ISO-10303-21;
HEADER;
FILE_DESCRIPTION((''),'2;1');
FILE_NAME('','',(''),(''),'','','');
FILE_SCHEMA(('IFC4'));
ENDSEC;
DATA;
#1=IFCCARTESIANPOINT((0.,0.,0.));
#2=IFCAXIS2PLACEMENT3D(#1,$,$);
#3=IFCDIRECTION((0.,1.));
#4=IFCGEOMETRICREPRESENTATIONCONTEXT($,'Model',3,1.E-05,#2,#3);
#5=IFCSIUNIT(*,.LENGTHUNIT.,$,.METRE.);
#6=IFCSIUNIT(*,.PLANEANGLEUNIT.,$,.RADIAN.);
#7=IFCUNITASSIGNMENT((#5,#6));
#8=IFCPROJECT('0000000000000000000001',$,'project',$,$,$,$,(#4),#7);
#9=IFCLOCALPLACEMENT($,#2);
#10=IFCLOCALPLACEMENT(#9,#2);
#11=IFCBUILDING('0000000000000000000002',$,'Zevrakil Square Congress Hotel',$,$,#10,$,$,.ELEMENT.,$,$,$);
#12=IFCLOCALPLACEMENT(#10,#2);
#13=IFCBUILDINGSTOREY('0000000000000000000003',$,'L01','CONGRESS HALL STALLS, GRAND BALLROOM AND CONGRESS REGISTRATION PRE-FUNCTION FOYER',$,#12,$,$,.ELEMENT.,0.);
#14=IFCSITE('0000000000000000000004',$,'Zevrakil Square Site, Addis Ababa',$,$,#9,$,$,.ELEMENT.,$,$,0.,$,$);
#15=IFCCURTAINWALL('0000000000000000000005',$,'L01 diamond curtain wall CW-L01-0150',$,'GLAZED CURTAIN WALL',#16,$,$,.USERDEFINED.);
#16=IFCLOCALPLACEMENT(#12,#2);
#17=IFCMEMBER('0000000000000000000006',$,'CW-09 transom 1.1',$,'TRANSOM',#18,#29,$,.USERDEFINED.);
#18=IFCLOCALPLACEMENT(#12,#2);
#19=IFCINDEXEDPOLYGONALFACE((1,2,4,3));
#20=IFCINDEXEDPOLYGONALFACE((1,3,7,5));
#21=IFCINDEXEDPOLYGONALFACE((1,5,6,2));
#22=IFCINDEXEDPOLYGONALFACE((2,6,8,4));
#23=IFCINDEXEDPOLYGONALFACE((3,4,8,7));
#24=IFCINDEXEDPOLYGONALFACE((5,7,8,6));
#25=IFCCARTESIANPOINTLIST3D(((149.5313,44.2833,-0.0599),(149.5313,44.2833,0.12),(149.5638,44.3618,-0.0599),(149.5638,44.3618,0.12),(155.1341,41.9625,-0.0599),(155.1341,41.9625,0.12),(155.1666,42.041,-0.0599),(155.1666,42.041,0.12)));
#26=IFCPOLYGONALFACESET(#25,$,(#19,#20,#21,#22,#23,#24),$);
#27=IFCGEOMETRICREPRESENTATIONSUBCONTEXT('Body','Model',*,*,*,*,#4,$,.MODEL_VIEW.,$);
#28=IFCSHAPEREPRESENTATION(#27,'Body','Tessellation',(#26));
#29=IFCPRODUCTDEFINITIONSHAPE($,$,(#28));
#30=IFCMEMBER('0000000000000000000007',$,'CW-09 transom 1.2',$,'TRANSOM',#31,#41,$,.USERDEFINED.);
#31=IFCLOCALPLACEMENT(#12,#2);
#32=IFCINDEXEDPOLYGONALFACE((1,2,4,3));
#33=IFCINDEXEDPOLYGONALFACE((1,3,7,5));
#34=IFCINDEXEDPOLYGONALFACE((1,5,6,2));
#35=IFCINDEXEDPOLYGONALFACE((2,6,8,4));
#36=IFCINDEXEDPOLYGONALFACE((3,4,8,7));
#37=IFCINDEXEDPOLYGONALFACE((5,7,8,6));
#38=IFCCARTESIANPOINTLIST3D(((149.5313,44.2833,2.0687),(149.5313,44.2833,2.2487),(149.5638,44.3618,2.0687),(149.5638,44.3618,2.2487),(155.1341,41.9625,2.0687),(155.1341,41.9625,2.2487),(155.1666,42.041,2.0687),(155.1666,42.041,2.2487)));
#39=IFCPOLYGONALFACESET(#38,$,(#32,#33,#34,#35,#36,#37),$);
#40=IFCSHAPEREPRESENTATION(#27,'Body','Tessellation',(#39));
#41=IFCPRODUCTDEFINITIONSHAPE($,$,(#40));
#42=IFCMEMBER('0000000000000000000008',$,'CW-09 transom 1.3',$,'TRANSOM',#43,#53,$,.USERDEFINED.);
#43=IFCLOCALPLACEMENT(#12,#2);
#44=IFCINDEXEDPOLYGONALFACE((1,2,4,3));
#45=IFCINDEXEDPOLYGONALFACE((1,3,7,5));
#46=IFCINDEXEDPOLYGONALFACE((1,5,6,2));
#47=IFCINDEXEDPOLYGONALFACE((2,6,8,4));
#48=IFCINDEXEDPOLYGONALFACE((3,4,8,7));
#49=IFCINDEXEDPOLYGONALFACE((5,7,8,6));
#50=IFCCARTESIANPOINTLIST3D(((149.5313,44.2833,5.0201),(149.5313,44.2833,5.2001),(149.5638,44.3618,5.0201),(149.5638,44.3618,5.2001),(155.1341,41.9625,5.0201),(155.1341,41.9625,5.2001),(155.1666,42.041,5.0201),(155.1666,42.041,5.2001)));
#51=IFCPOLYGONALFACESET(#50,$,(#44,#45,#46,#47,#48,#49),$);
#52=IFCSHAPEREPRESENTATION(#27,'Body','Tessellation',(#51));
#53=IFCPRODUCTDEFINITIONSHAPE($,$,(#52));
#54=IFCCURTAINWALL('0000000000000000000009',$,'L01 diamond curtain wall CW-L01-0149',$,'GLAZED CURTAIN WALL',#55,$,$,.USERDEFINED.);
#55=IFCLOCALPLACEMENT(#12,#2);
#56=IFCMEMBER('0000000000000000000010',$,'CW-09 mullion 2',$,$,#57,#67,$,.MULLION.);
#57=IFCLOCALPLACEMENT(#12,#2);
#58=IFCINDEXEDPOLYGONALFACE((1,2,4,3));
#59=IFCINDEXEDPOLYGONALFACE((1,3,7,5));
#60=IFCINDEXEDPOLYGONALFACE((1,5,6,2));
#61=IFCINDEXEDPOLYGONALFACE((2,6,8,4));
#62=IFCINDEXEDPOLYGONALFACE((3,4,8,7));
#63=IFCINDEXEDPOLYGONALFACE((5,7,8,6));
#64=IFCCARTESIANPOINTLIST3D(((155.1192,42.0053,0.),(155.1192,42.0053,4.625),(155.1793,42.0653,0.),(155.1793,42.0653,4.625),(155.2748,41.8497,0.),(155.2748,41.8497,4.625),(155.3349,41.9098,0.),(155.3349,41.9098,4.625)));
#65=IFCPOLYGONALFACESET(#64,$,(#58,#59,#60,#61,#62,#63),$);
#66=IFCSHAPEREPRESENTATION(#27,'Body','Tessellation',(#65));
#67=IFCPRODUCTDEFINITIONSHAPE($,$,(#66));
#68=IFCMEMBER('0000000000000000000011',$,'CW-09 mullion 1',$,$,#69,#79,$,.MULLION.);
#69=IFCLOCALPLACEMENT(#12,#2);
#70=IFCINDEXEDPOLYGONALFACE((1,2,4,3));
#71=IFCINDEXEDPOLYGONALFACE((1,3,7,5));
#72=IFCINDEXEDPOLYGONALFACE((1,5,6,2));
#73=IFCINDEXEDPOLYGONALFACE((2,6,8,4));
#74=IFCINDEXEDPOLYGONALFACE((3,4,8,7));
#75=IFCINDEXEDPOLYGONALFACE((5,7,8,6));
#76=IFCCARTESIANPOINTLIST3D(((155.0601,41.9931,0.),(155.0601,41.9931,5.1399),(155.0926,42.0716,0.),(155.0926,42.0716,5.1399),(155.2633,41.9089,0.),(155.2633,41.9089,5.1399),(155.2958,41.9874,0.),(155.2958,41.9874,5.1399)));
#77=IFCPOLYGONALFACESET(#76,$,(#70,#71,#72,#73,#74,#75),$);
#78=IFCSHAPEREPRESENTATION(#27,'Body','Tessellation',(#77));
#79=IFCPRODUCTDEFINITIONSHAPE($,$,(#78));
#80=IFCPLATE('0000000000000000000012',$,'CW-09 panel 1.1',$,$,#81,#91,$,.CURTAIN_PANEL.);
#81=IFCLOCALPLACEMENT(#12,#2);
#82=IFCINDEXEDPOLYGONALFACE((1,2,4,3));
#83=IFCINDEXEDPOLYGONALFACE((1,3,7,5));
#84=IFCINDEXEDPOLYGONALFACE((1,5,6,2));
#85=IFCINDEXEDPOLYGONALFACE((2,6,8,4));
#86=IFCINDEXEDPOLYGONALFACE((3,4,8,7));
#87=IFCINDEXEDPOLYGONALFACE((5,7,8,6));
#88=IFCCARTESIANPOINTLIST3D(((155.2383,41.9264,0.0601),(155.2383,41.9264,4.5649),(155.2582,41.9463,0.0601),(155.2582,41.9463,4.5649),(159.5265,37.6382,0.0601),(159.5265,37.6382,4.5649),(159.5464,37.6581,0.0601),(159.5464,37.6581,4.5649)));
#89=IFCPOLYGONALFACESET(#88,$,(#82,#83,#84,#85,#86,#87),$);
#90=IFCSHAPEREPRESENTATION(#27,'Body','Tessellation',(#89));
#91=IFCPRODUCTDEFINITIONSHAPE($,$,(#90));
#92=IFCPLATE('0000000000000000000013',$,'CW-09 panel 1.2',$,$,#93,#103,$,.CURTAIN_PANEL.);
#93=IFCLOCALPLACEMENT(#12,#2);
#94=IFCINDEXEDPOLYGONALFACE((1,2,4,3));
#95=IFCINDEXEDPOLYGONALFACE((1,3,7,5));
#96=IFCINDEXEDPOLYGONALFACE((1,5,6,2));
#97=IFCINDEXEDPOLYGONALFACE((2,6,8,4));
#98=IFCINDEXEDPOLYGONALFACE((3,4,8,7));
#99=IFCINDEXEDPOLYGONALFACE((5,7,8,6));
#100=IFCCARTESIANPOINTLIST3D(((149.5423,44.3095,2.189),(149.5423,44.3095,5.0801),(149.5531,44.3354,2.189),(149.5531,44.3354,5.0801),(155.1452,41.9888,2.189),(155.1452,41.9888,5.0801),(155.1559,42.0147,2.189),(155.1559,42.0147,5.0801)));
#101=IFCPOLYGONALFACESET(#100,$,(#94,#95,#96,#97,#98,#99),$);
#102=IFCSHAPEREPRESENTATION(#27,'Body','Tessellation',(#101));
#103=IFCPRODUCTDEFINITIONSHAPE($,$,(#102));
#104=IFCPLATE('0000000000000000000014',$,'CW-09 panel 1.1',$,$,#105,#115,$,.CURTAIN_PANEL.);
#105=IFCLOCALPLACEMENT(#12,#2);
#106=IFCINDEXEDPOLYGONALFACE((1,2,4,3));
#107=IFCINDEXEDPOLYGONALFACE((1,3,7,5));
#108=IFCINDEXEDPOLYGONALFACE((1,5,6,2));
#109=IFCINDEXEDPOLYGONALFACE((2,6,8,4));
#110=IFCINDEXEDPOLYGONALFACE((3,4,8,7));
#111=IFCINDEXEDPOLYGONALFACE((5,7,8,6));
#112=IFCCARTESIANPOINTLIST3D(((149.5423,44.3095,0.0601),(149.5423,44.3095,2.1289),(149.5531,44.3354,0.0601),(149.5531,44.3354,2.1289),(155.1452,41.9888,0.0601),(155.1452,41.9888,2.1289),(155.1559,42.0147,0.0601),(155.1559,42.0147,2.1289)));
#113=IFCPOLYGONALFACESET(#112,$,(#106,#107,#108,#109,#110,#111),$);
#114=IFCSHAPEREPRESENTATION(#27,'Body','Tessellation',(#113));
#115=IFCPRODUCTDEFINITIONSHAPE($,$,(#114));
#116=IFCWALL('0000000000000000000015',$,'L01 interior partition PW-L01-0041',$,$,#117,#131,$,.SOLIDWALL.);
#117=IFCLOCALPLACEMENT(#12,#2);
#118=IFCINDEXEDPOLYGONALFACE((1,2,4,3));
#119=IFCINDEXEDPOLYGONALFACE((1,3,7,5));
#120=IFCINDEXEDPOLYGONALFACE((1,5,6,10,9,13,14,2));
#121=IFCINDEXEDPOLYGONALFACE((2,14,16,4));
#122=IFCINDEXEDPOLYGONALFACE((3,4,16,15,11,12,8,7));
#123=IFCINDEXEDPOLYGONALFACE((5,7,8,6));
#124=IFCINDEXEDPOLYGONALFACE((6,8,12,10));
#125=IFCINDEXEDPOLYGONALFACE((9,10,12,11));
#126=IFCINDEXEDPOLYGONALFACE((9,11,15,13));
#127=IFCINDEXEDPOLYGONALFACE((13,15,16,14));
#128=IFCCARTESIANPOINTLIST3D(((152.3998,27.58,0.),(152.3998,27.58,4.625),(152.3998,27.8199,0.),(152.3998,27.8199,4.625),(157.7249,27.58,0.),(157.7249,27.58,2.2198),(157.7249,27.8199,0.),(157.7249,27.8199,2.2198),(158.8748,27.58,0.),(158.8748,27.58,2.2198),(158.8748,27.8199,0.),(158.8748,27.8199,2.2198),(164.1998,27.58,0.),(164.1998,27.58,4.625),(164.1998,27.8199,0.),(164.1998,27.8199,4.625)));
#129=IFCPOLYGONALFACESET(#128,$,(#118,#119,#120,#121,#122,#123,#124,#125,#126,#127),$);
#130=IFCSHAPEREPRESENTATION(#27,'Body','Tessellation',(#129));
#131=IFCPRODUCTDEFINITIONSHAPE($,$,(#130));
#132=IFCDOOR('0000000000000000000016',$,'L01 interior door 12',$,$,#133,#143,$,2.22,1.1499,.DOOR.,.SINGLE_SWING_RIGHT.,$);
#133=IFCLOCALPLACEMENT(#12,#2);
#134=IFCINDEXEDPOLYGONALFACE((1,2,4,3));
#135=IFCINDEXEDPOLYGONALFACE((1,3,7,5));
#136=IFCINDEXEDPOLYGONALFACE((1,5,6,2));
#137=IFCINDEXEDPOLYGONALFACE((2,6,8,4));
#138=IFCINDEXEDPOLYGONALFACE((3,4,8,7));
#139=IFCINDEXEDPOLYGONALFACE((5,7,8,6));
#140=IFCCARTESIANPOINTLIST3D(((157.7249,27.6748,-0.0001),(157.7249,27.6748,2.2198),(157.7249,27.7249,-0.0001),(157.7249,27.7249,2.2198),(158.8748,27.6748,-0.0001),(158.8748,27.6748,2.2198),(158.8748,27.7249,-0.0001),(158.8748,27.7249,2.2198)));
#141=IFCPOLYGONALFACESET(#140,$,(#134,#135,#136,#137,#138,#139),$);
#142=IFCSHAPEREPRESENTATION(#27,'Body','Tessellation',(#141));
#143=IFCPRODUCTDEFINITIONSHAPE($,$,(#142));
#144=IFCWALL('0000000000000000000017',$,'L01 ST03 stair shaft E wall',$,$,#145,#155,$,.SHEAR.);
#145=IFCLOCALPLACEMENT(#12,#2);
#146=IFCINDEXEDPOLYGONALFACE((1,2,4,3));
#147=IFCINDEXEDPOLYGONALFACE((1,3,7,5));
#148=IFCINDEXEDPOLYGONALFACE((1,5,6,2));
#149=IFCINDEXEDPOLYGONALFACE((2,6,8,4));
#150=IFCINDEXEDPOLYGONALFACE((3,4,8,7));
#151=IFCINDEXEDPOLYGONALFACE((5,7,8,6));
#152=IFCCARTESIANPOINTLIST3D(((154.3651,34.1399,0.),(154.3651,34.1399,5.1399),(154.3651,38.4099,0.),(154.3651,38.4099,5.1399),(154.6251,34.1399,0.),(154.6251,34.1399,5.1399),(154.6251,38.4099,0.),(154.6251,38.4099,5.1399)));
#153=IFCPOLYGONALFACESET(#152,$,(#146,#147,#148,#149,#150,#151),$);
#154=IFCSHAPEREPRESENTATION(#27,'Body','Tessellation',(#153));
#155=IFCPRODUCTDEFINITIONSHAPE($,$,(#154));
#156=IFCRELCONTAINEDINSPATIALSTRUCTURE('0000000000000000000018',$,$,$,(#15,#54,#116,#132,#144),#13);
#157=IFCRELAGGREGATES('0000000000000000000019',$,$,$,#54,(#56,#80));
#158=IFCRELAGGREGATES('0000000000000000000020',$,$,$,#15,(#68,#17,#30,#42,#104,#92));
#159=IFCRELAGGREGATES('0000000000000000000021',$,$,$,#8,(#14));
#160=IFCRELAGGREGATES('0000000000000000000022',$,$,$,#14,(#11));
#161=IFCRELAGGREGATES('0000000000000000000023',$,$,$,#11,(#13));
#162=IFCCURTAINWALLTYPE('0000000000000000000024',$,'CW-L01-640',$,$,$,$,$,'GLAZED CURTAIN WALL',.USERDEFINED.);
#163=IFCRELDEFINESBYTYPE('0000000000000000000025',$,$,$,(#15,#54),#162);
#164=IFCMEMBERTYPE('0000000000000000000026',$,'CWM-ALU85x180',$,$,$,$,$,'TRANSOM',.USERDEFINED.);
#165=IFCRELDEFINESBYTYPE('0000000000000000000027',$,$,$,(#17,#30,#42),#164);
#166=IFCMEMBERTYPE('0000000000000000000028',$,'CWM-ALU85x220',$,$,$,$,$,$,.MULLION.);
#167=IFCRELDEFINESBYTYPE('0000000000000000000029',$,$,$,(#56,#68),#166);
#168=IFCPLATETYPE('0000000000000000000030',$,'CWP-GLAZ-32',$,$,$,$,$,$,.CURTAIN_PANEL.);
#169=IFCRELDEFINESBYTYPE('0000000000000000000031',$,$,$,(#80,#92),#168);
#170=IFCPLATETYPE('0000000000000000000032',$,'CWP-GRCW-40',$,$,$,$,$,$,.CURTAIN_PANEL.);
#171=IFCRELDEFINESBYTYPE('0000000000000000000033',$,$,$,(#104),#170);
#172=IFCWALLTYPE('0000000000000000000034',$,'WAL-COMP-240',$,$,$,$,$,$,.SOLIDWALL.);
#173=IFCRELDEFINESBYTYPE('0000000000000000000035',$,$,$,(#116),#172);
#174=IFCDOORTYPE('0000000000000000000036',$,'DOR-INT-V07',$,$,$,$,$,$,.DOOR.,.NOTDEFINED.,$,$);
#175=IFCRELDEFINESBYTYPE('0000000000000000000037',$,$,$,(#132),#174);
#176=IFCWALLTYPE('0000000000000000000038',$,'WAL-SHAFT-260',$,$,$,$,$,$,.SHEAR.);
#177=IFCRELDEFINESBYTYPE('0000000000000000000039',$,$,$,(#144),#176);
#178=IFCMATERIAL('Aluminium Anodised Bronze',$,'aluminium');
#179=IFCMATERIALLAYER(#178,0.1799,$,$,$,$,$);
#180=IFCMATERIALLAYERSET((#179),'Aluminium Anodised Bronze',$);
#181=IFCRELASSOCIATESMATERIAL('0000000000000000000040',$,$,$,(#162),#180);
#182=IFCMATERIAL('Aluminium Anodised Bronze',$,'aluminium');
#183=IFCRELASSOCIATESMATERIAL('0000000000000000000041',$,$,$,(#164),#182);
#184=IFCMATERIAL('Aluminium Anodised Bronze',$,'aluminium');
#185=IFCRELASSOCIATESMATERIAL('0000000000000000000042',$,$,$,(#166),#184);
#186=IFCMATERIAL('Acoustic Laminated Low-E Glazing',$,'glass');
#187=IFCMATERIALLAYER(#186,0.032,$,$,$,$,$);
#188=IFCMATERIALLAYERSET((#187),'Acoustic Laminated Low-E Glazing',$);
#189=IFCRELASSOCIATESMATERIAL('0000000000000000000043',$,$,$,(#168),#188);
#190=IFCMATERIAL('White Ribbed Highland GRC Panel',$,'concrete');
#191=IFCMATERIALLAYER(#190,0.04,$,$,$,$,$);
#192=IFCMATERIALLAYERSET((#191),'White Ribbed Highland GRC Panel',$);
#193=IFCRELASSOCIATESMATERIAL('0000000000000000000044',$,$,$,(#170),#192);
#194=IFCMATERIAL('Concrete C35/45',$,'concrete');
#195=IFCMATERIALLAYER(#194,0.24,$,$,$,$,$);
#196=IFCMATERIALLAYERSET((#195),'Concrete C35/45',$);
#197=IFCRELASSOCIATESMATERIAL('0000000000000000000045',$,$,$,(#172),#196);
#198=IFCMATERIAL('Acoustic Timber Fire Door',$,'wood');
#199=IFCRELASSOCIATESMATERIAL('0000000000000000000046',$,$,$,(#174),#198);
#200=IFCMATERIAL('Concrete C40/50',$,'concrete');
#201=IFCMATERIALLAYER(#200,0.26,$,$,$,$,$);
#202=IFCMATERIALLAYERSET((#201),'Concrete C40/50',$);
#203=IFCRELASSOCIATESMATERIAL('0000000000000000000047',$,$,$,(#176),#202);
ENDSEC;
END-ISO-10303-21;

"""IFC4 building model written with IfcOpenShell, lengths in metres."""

from ifc_helpers import new_model, si_unit, direction, frame, frame_2d, origin, origin_2d, place, context, subcontext, project, spatial, rectangle, extrude, material, layer, layer_set, material_profile, profile_set, type_object, element, fill, aggregate, save


model = new_model("IFC4")

# Units and contexts
model_context = context("Model", 3, precision=1e-05, world=origin(), true_north=direction((0.0, 1.0)))
body_context = subcontext(model_context, "Body", "Model", "MODEL_VIEW")
ifc_project = project(units=[si_unit("LENGTHUNIT", "METRE"), si_unit("PLANEANGLEUNIT", "RADIAN")], contexts=[model_context])

# Site, building, storey
site_placement = place(None, origin())
site = spatial("IfcSite", under=ifc_project, at=site_placement, Name="Zevrakil Square Site, Addis Ababa", CompositionType="ELEMENT", RefElevation=0.0)
building_placement = place(site_placement, origin())
building = spatial("IfcBuilding", under=site, at=building_placement, Name="Zevrakil Square Congress Hotel", CompositionType="ELEMENT")
storey_placement = place(building_placement, origin())
storey = spatial("IfcBuildingStorey", under=building, at=storey_placement, Name="L01", Description="CONGRESS HALL STALLS, GRAND BALLROOM AND CONGRESS REGISTRATION PRE-FUNCTION FOYER", CompositionType="ELEMENT", Elevation=0.0)

# Curtain wall, members
ifc_material_1 = material(Name="Aluminium Anodised Bronze", Category="aluminium")
ifc_layer_1 = layer(ifc_material_1, 0.1799)
ifc_layer_set_1 = layer_set([ifc_layer_1], Name="Aluminium Anodised Bronze")
curtain_wall_type = type_object("IfcCurtainWallType", Name="CW-L01-640", ElementType="GLAZED CURTAIN WALL", PredefinedType="USERDEFINED", material=ifc_layer_set_1)
curtain_wall_1_placement = place(storey_placement, origin())
curtain_wall_1 = element("IfcCurtainWall", 1, at=curtain_wall_1_placement, inside=storey, type_object=curtain_wall_type, Name="L01 diamond curtain wall CW-L01-0150", ObjectType="GLAZED CURTAIN WALL", PredefinedType="USERDEFINED")
ifc_material_2 = material(Name="Aluminium Anodised Bronze", Category="aluminium")
ifc_material_profile_1 = material_profile(ifc_material_2, rectangle(XDim=0.085, YDim=0.1799, at=origin_2d()), Name="ALU 85x180")
ifc_profile_set_1 = profile_set([ifc_material_profile_1], Name="Aluminium Anodised Bronze")
member_type_1 = type_object("IfcMemberType", Name="CWM-ALU85x180", ElementType="TRANSOM", PredefinedType="USERDEFINED", material=ifc_profile_set_1)
member_1_placement = place(storey_placement, frame((155.1504, 42.0017, 0.03), z_axis=(-0.923877, 0.382691, 0.0), x_axis=(-0.382691, -0.923877, 0.0)))
member_1 = element("IfcMember", 2, at=member_1_placement, type_object=member_type_1, Name="CW-09 transom 1.1", ObjectType="TRANSOM", PredefinedType="USERDEFINED", context=body_context, shape_type="SweptSolid", body=[
    extrude(rectangle(XDim=0.085, YDim=0.1799, at=origin_2d()), origin(), (0.0, 0.0, 1.0), 6.0645),
])
member_2_placement = place(storey_placement, frame((155.1504, 42.0017, 2.1587), z_axis=(-0.923877, 0.382691, 0.0), x_axis=(-0.382691, -0.923877, 0.0)))
member_2 = element("IfcMember", 3, at=member_2_placement, type_object=member_type_1, Name="CW-09 transom 1.2", ObjectType="TRANSOM", PredefinedType="USERDEFINED", context=body_context, shape_type="SweptSolid", body=[
    extrude(rectangle(XDim=0.085, YDim=0.1799, at=origin_2d()), origin(), (0.0, 0.0, 1.0), 6.0645),
])
member_3_placement = place(storey_placement, frame((155.1504, 42.0017, 5.1101), z_axis=(-0.923877, 0.382691, 0.0), x_axis=(-0.382691, -0.923877, 0.0)))
member_3 = element("IfcMember", 4, at=member_3_placement, type_object=member_type_1, Name="CW-09 transom 1.3", ObjectType="TRANSOM", PredefinedType="USERDEFINED", context=body_context, shape_type="SweptSolid", body=[
    extrude(rectangle(XDim=0.085, YDim=0.1799, at=origin_2d()), origin(), (0.0, 0.0, 1.0), 6.0645),
])

# Curtain wall, member
curtain_wall_2_placement = place(storey_placement, origin())
curtain_wall_2 = element("IfcCurtainWall", 5, at=curtain_wall_2_placement, inside=storey, type_object=curtain_wall_type, Name="L01 diamond curtain wall CW-L01-0149", ObjectType="GLAZED CURTAIN WALL", PredefinedType="USERDEFINED")
ifc_material_3 = material(Name="Aluminium Anodised Bronze", Category="aluminium")
ifc_material_profile_2 = material_profile(ifc_material_3, rectangle(XDim=0.085, YDim=0.22, at=origin_2d()), Name="ALU 85x220")
ifc_profile_set_2 = profile_set([ifc_material_profile_2], Name="Aluminium Anodised Bronze")
member_type_2 = type_object("IfcMemberType", Name="CWM-ALU85x220", PredefinedType="MULLION", material=ifc_profile_set_2)
member_4_placement = place(storey_placement, frame((155.2271, 41.9575, 0.0), z_axis=(0.0, 0.0, 1.0), x_axis=(-0.707107, -0.707107, 0.0)))
member_4 = element("IfcMember", 6, at=member_4_placement, type_object=member_type_2, Name="CW-09 mullion 2", PredefinedType="MULLION", context=body_context, shape_type="SweptSolid", body=[
    extrude(rectangle(XDim=0.085, YDim=0.22, at=origin_2d()), origin(), (0.0, 0.0, 1.0), 4.625),
])

# Member
member_5_placement = place(storey_placement, frame((155.178, 41.9902, 0.0), z_axis=(0.0, 0.0, 1.0), x_axis=(-0.382676, -0.923882, 0.0)))
member_5 = element("IfcMember", 7, at=member_5_placement, type_object=member_type_2, Name="CW-09 mullion 1", PredefinedType="MULLION", context=body_context, shape_type="SweptSolid", body=[
    extrude(rectangle(XDim=0.085, YDim=0.22, at=origin_2d()), origin(), (0.0, 0.0, 1.0), 5.1399),
])

# Plates
ifc_material_4 = material(Name="Acoustic Laminated Low-E Glazing", Category="glass")
ifc_layer_2 = layer(ifc_material_4, 0.032)
ifc_layer_set_2 = layer_set([ifc_layer_2], Name="Acoustic Laminated Low-E Glazing")
plate_type_1 = type_object("IfcPlateType", Name="CWP-GLAZ-32", PredefinedType="CURTAIN_PANEL", material=ifc_layer_set_2)
plate_1_placement = place(storey_placement, frame((157.3923, 39.7922, 0.0601), z_axis=(0.0, 0.0, 1.0), x_axis=(-0.707107, 0.707107, 0.0)))
plate_1 = element("IfcPlate", 8, at=plate_1_placement, type_object=plate_type_1, Name="CW-09 panel 1.1", PredefinedType="CURTAIN_PANEL", context=body_context, shape_type="SweptSolid", body=[
    extrude(rectangle(XDim=6.0645, YDim=0.0281, at=origin_2d()), origin(), (0.0, 0.0, 1.0), 4.5049),
])
aggregate(curtain_wall_2, [member_4, plate_1])
plate_2_placement = place(storey_placement, frame((152.3491, 43.1621, 2.189), z_axis=(0.0, 0.0, 1.0), x_axis=(-0.923882, 0.382676, 0.0)))
plate_2 = element("IfcPlate", 9, at=plate_2_placement, type_object=plate_type_1, Name="CW-09 panel 1.2", PredefinedType="CURTAIN_PANEL", context=body_context, shape_type="SweptSolid", body=[
    extrude(rectangle(XDim=6.0645, YDim=0.0281, at=origin_2d()), origin(), (0.0, 0.0, 1.0), 2.8911),
])
ifc_material_5 = material(Name="White Ribbed Highland GRC Panel", Category="concrete")
ifc_layer_3 = layer(ifc_material_5, 0.04)
ifc_layer_set_3 = layer_set([ifc_layer_3], Name="White Ribbed Highland GRC Panel")
plate_type_2 = type_object("IfcPlateType", Name="CWP-GRCW-40", PredefinedType="CURTAIN_PANEL", material=ifc_layer_set_3)
plate_3_placement = place(storey_placement, frame((152.3491, 43.1621, 0.0601), z_axis=(0.0, 0.0, 1.0), x_axis=(-0.923882, 0.382676, 0.0)))
plate_3 = element("IfcPlate", 10, at=plate_3_placement, type_object=plate_type_2, Name="CW-09 panel 1.1", PredefinedType="CURTAIN_PANEL", context=body_context, shape_type="SweptSolid", body=[
    extrude(rectangle(XDim=6.0645, YDim=0.0281, at=origin_2d()), origin(), (0.0, 0.0, 1.0), 2.0688),
])
aggregate(curtain_wall_1, [member_5, member_1, member_2, member_3, plate_3, plate_2])

# Wall, opening, door
ifc_material_6 = material(Name="Concrete C35/45", Category="concrete")
ifc_layer_4 = layer(ifc_material_6, 0.24)
ifc_layer_set_4 = layer_set([ifc_layer_4], Name="Concrete C35/45")
wall_type_1 = type_object("IfcWallType", Name="WAL-COMP-240", PredefinedType="SOLIDWALL", material=ifc_layer_set_4)
wall_1_placement = place(storey_placement, frame((152.3999, 27.7, 0.0), z_axis=(0.0, 0.0, 1.0), x_axis=(1.0, 0.0, 0.0)))
wall_1 = element("IfcWall", 11, at=wall_1_placement, inside=storey, type_object=wall_type_1, Name="L01 interior partition PW-L01-0041", PredefinedType="SOLIDWALL", context=body_context, shape_type="SweptSolid", body=[
    extrude(rectangle(XDim=11.8, YDim=0.24, at=frame_2d((5.8999, 0.0))), origin(), (0.0, 0.0, 1.0), 4.625),
])
opening_1_placement = place(wall_1_placement, frame((5.325, 0.0, 0.0)))
opening_1 = element("IfcOpeningElement", 12, at=opening_1_placement, cuts=wall_1, PredefinedType="OPENING", context=body_context, shape_type="SweptSolid", body=[
    extrude(rectangle(XDim=1.1499, YDim=2.22, at=frame_2d((0.575, 1.1099))), frame((0.0, 0.1299, 0.0), z_axis=(0.0, -1.0, 0.0), x_axis=(1.0, 0.0, 0.0)), (0.0, 0.0, 1.0), 0.26),
])
ifc_material_7 = material(Name="Acoustic Timber Fire Door", Category="wood")
door_type_1 = type_object("IfcDoorType", Name="DOR-INT-V07", OperationType="NOTDEFINED", PredefinedType="DOOR", material=ifc_material_7)
door_1_placement = place(opening_1_placement, origin())
door_1 = element("IfcDoor", 13, at=door_1_placement, inside=storey, type_object=door_type_1, Name="L01 interior door 12", OperationType="SINGLE_SWING_RIGHT", OverallHeight=2.22, OverallWidth=1.1499, PredefinedType="DOOR", context=body_context, shape_type="SweptSolid", body=[
    extrude(rectangle(XDim=1.1499, YDim=2.22, at=frame_2d((0.575, 1.1099))), frame((0.0, 0.0249, 0.0), z_axis=(0.0, -1.0, 0.0), x_axis=(1.0, 0.0, 0.0)), (0.0, 0.0, 1.0), 0.05),
])
fill(opening_1, door_1)

# Wall
ifc_material_8 = material(Name="Concrete C40/50", Category="concrete")
ifc_layer_5 = layer(ifc_material_8, 0.26)
ifc_layer_set_5 = layer_set([ifc_layer_5], Name="Concrete C40/50")
wall_type_2 = type_object("IfcWallType", Name="WAL-SHAFT-260", PredefinedType="SHEAR", material=ifc_layer_set_5)
wall_2_placement = place(storey_placement, frame((154.4951, 34.1399, 0.0), z_axis=(0.0, 0.0, 1.0), x_axis=(0.0, 1.0, 0.0)))
element("IfcWall", 14, at=wall_2_placement, inside=storey, type_object=wall_type_2, Name="L01 ST03 stair shaft E wall", PredefinedType="SHEAR", context=body_context, shape_type="SweptSolid", body=[
    extrude(rectangle(XDim=4.27, YDim=0.26, at=frame_2d((2.135, 0.0))), origin(), (0.0, 0.0, 1.0), 5.1399),
])

save(model, "model.ifc")
